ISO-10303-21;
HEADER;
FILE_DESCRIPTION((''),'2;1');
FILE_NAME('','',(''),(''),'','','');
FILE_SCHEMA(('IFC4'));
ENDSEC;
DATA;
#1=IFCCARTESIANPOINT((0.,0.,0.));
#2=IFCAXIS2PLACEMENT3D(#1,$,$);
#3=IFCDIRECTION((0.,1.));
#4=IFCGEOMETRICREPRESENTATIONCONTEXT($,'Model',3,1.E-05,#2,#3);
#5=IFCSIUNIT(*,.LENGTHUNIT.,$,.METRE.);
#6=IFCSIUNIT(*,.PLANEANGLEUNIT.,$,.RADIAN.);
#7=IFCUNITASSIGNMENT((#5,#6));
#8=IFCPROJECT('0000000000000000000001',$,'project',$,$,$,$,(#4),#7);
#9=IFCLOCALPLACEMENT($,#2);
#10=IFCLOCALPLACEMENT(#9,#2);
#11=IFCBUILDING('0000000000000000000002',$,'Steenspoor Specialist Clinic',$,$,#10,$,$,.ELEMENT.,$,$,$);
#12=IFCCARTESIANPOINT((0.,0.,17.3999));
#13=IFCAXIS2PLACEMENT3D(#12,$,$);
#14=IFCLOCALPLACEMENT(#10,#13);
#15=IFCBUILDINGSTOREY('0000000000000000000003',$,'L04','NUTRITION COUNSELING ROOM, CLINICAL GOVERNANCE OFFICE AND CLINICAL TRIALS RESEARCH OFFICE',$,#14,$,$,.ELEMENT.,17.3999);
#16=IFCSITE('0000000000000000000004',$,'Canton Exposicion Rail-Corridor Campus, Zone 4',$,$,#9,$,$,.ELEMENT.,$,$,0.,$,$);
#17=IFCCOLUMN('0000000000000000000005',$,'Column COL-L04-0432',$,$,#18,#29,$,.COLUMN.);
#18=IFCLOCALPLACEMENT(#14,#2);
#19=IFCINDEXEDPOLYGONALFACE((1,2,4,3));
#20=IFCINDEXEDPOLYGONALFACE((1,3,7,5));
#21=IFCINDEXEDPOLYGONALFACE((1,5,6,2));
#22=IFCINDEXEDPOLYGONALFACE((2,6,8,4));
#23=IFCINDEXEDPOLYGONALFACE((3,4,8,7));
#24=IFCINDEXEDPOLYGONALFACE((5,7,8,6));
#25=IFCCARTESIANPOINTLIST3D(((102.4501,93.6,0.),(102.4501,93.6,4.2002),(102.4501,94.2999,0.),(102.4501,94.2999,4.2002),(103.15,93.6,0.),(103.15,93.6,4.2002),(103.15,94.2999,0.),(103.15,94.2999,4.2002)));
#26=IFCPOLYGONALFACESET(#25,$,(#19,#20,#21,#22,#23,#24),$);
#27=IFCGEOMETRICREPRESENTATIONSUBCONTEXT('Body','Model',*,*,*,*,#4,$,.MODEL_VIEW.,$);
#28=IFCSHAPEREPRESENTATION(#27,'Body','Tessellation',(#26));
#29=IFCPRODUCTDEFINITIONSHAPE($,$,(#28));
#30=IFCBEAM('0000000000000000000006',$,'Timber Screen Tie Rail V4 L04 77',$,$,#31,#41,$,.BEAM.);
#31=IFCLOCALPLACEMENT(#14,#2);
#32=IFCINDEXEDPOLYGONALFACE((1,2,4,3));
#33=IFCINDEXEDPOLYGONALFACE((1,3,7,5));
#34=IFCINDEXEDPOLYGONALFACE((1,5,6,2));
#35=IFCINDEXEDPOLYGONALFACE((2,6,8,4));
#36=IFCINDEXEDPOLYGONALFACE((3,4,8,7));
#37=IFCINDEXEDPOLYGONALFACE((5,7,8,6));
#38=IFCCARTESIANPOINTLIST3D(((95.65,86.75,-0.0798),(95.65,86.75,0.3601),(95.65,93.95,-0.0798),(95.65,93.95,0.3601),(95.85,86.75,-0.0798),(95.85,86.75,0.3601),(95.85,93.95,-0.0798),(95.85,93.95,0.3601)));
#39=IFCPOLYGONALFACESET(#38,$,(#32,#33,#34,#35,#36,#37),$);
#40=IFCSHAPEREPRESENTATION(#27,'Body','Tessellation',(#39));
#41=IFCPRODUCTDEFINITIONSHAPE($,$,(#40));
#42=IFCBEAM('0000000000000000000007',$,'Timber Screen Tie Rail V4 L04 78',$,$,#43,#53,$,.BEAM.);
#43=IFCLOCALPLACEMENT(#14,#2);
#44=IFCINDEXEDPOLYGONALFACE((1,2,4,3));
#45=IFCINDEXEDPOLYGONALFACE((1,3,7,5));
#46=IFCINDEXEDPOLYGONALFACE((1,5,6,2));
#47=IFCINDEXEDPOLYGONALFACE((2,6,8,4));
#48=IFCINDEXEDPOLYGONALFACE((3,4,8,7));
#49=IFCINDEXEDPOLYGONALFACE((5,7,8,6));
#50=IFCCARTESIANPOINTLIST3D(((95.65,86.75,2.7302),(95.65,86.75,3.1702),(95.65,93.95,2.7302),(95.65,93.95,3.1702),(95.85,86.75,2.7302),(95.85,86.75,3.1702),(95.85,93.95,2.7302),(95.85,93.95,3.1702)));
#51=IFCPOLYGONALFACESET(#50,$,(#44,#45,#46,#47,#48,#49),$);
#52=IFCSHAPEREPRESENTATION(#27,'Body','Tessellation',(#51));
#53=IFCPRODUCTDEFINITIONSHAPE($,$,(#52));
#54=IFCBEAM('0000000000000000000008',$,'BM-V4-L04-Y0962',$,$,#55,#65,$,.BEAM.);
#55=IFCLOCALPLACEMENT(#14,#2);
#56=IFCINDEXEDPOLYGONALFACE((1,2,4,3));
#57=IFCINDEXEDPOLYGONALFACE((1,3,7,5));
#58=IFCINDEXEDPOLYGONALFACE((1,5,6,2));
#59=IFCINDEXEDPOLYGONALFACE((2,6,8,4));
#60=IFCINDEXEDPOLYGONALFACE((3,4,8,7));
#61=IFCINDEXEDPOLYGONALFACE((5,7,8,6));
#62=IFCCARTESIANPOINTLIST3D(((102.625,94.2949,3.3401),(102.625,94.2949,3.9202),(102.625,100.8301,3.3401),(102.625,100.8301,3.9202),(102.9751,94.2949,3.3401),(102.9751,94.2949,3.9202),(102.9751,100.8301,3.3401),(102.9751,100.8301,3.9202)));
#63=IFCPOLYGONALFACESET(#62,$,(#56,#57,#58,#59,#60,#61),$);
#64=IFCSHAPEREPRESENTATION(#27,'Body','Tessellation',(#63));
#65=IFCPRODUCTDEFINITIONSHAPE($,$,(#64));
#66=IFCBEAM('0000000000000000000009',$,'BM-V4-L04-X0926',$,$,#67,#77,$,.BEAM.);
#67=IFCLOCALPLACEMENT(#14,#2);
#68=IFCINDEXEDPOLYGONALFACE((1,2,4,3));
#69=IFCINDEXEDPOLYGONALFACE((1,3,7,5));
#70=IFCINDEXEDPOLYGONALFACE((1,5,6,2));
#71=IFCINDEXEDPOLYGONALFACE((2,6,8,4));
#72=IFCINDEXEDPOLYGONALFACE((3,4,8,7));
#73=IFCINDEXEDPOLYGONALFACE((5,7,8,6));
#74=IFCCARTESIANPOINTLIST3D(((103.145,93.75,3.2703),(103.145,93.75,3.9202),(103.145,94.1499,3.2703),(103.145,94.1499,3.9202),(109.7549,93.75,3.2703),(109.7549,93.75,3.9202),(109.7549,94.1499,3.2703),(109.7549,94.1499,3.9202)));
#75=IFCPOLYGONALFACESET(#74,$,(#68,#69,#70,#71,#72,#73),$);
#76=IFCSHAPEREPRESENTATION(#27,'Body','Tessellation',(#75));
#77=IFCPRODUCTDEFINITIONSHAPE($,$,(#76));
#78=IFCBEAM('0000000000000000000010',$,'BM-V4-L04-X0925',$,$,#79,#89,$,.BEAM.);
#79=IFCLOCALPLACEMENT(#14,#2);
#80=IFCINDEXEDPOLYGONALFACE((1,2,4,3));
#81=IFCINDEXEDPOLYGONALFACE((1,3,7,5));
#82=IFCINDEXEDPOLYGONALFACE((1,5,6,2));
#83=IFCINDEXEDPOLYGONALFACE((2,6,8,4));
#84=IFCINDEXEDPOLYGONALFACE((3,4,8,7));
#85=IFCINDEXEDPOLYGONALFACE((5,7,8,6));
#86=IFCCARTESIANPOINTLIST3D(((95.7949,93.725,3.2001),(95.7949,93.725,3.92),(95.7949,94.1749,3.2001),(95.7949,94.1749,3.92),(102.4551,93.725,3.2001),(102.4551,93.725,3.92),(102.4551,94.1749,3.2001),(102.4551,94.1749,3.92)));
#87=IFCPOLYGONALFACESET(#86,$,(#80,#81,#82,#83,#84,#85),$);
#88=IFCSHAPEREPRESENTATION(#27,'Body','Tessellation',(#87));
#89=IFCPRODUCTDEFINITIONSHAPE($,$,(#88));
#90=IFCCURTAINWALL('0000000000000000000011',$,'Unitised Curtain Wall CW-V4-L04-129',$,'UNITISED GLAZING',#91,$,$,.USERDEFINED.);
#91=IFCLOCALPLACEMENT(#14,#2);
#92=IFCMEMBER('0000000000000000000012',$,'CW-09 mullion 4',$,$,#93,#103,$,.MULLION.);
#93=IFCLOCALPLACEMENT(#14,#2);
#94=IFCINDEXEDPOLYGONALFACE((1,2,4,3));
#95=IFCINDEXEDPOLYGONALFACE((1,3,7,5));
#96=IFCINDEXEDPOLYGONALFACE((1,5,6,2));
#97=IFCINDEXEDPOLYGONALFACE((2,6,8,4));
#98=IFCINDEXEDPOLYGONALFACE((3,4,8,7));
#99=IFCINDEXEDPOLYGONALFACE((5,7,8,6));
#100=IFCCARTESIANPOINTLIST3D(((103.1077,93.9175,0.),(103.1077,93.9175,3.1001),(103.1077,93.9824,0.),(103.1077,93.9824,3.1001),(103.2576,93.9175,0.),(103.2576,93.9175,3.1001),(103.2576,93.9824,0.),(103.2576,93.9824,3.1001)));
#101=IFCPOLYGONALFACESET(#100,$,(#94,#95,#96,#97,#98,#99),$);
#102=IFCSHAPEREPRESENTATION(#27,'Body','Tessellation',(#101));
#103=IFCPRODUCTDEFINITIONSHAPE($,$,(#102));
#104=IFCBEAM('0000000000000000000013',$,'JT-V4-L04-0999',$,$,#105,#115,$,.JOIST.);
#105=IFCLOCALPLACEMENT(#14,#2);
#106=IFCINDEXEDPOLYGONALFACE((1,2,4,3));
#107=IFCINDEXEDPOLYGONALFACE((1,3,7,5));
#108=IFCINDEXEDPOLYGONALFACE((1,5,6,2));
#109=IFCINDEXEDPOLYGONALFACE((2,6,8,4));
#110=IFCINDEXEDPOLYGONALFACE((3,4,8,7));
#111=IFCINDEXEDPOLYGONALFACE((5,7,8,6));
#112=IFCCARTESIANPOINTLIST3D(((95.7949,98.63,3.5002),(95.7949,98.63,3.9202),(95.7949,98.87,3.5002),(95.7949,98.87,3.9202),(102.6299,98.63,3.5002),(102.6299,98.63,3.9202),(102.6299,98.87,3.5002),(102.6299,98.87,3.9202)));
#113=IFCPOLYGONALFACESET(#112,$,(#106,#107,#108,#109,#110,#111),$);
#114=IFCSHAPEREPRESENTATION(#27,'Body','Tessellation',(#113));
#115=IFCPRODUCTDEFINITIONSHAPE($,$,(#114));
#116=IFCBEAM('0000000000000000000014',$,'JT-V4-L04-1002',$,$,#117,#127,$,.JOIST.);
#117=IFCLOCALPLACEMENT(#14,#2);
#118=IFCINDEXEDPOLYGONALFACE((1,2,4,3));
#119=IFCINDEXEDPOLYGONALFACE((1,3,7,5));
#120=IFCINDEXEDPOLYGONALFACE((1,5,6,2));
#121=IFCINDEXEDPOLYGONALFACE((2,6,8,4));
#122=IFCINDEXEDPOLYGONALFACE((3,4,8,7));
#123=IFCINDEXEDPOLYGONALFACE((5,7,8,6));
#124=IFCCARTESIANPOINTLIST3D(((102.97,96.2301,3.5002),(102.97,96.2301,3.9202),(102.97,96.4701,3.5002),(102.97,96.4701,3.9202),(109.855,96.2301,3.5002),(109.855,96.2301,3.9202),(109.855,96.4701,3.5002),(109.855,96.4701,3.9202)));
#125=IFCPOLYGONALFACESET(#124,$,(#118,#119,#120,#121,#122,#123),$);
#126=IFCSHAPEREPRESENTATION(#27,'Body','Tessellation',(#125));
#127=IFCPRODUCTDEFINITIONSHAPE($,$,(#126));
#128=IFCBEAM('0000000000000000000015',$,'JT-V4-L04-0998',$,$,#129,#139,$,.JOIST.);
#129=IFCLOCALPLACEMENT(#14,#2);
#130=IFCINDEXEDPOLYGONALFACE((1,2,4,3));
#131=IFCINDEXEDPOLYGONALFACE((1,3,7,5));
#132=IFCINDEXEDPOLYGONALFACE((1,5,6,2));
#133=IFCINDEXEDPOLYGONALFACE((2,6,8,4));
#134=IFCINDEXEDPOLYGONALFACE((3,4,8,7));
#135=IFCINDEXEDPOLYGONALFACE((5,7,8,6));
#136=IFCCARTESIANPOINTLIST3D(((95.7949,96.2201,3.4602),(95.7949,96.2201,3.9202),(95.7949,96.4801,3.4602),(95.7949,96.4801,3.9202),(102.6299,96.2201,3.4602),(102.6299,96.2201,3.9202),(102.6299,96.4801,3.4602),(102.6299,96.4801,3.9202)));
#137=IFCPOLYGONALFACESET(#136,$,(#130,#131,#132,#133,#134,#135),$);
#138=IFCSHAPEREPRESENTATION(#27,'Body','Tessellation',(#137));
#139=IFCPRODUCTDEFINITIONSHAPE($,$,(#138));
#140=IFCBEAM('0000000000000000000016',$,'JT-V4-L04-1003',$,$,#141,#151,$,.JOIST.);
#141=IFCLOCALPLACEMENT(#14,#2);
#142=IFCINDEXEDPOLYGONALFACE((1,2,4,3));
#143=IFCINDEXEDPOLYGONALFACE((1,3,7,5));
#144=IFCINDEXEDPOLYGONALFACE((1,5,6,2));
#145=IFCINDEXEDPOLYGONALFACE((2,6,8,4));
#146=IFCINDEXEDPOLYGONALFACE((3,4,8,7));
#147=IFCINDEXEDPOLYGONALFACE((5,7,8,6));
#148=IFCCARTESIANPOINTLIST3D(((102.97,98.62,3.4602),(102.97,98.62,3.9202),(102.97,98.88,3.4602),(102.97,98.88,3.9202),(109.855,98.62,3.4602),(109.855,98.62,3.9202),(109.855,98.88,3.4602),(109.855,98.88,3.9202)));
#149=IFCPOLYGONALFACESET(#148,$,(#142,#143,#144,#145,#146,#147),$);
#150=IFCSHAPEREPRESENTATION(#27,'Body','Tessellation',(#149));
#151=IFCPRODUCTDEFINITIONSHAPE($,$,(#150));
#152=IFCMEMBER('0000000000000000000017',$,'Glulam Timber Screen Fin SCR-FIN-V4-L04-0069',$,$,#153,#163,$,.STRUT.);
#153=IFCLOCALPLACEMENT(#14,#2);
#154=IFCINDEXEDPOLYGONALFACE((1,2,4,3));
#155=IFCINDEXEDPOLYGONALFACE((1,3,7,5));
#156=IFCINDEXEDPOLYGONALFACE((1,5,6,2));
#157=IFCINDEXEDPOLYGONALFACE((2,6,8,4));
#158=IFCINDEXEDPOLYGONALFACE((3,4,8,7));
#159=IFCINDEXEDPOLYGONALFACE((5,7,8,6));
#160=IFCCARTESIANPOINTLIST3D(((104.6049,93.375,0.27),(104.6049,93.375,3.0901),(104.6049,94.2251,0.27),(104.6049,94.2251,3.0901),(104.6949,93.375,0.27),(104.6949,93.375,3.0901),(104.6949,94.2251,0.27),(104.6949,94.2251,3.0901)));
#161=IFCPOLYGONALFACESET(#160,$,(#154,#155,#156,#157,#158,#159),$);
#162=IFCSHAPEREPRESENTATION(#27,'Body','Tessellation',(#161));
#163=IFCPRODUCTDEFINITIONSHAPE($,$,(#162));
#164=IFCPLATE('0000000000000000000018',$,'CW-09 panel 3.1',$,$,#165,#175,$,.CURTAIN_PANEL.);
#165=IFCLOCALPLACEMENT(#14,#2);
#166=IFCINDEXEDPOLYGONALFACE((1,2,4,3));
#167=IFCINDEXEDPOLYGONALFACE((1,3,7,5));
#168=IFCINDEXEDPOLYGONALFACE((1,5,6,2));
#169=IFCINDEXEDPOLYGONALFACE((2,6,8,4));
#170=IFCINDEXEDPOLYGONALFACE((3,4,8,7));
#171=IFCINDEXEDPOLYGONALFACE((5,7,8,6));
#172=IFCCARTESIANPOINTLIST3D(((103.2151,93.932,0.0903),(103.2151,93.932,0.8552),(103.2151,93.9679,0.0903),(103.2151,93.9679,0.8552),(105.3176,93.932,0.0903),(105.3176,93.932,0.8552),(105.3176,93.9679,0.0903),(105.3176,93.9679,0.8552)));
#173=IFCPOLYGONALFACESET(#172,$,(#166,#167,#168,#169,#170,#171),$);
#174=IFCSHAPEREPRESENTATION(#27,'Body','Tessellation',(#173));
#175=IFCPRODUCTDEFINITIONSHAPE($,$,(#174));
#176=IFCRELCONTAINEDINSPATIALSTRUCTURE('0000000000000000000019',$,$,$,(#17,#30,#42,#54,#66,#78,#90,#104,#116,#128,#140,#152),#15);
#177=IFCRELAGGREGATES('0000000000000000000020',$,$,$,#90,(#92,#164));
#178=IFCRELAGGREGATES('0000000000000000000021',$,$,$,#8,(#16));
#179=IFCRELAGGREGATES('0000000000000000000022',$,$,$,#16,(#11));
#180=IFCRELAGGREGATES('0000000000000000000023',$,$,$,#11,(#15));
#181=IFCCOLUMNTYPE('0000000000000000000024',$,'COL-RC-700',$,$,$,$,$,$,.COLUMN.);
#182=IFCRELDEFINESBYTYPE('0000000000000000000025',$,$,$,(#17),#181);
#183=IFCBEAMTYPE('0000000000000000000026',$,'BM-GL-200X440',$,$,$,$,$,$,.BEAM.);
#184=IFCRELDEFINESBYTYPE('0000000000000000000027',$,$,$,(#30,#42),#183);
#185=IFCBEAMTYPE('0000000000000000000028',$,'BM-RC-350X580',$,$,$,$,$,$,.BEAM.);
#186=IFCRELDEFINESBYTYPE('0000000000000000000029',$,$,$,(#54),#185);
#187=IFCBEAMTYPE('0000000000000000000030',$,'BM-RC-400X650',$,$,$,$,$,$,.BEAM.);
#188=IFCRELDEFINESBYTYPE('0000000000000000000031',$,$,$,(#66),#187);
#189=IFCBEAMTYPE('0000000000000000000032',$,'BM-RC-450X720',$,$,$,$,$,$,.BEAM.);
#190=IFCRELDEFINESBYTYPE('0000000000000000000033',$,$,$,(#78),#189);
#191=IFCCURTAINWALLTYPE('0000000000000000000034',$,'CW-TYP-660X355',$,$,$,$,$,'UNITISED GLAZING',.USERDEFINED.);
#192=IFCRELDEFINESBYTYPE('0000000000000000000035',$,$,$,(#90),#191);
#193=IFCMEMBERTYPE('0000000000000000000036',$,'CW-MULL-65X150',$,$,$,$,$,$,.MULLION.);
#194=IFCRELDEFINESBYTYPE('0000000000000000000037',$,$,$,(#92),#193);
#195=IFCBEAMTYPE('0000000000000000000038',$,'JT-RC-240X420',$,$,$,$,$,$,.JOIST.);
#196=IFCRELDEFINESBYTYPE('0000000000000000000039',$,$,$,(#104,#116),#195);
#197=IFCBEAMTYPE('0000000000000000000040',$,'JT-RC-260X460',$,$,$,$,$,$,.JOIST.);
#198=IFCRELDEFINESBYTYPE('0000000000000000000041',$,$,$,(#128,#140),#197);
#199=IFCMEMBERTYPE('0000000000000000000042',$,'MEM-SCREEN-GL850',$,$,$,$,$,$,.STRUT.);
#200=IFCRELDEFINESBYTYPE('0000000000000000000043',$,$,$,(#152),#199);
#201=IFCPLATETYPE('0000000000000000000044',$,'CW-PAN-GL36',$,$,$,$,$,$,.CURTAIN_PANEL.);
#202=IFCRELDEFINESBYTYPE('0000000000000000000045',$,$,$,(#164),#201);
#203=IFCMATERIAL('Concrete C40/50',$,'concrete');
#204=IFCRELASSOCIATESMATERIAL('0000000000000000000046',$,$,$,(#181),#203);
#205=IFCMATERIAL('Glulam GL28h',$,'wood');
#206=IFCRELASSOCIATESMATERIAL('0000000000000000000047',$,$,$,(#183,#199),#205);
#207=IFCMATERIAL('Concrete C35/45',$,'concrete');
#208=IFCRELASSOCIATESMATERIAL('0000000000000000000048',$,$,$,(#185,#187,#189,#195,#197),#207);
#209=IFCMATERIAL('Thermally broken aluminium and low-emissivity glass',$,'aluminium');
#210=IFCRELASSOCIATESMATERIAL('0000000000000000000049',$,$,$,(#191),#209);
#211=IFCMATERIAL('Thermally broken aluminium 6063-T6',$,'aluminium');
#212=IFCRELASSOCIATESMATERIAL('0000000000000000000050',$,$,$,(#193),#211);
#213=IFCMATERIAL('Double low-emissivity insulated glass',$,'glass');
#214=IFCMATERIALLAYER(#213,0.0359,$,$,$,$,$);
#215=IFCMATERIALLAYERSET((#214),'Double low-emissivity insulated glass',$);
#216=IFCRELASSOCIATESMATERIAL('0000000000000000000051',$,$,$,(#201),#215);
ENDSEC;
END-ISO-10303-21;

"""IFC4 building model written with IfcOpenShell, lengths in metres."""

from ifc_helpers import new_model, si_unit, direction, frame, origin, origin_2d, place, context, subcontext, project, spatial, rectangle, extrude, material, layer, layer_set, material_profile, profile_set, type_object, element, aggregate, save


model = new_model("IFC4")

# Units and contexts
model_context = context("Model", 3, precision=1e-05, world=origin(), true_north=direction((0.0, 1.0)))
body_context = subcontext(model_context, "Body", "Model", "MODEL_VIEW")
ifc_project = project(units=[si_unit("LENGTHUNIT", "METRE"), si_unit("PLANEANGLEUNIT", "RADIAN")], contexts=[model_context])

# Site, building, storey
site_placement = place(None, origin())
site = spatial("IfcSite", under=ifc_project, at=site_placement, Name="Canton Exposicion Rail-Corridor Campus, Zone 4", CompositionType="ELEMENT", RefElevation=0.0)
building_placement = place(site_placement, origin())
building = spatial("IfcBuilding", under=site, at=building_placement, Name="Steenspoor Specialist Clinic", CompositionType="ELEMENT")
storey_placement = place(building_placement, frame((0.0, 0.0, 17.3999)))
storey = spatial("IfcBuildingStorey", under=building, at=storey_placement, Name="L04", Description="NUTRITION COUNSELING ROOM, CLINICAL GOVERNANCE OFFICE AND CLINICAL TRIALS RESEARCH OFFICE", CompositionType="ELEMENT", Elevation=17.3999)

# Column
ifc_material_1 = material(Name="Concrete C40/50", Category="concrete")
ifc_material_profile_1 = material_profile(ifc_material_1, rectangle(XDim=0.7, YDim=0.7, at=origin_2d()), Name="RC-COL-700X700")
ifc_profile_set_1 = profile_set([ifc_material_profile_1], Name="Concrete C40/50")
column_type = type_object("IfcColumnType", Name="COL-RC-700", PredefinedType="COLUMN", material=ifc_profile_set_1)
column_placement = place(storey_placement, frame((102.8, 93.95, 0.0), z_axis=(0.0, 0.0, 1.0), x_axis=(1.0, 0.0, 0.0)))
element("IfcColumn", 1, at=column_placement, inside=storey, type_object=column_type, Name="Column COL-L04-0432", PredefinedType="COLUMN", context=body_context, shape_type="SweptSolid", body=[
    extrude(rectangle(XDim=0.7, YDim=0.7, at=origin_2d()), origin(), (0.0, 0.0, 1.0), 4.2002),
])

# Beams
ifc_material_2 = material(Name="Glulam GL28h", Category="wood")
ifc_material_profile_2 = material_profile(ifc_material_2, rectangle(XDim=0.2, YDim=0.4399, at=origin_2d()), Name="GL28H-200X440")
ifc_profile_set_2 = profile_set([ifc_material_profile_2], Name="Glulam GL28h")
beam_type_1 = type_object("IfcBeamType", Name="BM-GL-200X440", PredefinedType="BEAM", material=ifc_profile_set_2)
for number, where, z_axis, x_axis, name in (
    (2, (95.75, 93.95, 0.1401), (0.0, -1.0, 0.0), (1.0, 0.0, 0.0), "Timber Screen Tie Rail V4 L04 77"),
    (3, (95.75, 93.95, 2.9502), (0.0, -1.0, 0.0), (1.0, 0.0, 0.0), "Timber Screen Tie Rail V4 L04 78"),
):
    element("IfcBeam", number, at=place(storey_placement, frame(where, z_axis=z_axis, x_axis=x_axis)), inside=storey, type_object=beam_type_1, Name=name, PredefinedType="BEAM", context=body_context, shape_type="SweptSolid", body=[
        extrude(rectangle(XDim=0.2, YDim=0.4399, at=origin_2d()), origin(), (0.0, 0.0, 1.0), 7.2),
    ])
ifc_material_3 = material(Name="Concrete C35/45", Category="concrete")
ifc_material_profile_3 = material_profile(ifc_material_3, rectangle(XDim=0.3501, YDim=0.5801, at=origin_2d()), Name="RC-BM-350X580")
ifc_profile_set_3 = profile_set([ifc_material_profile_3], Name="Concrete C35/45")
beam_type_2 = type_object("IfcBeamType", Name="BM-RC-350X580", PredefinedType="BEAM", material=ifc_profile_set_3)
beam_1_placement = place(storey_placement, frame((102.8, 94.2949, 3.6301), z_axis=(0.0, 1.0, 0.0), x_axis=(-1.0, 0.0, 0.0)))
element("IfcBeam", 4, at=beam_1_placement, inside=storey, type_object=beam_type_2, Name="BM-V4-L04-Y0962", PredefinedType="BEAM", context=body_context, shape_type="SweptSolid", body=[
    extrude(rectangle(XDim=0.3501, YDim=0.5801, at=origin_2d()), origin(), (0.0, 0.0, 1.0), 6.5352),
])
ifc_material_profile_4 = material_profile(ifc_material_3, rectangle(XDim=0.3999, YDim=0.6499, at=origin_2d()), Name="RC-BM-400X650")
ifc_profile_set_4 = profile_set([ifc_material_profile_4], Name="Concrete C35/45")
beam_type_3 = type_object("IfcBeamType", Name="BM-RC-400X650", PredefinedType="BEAM", material=ifc_profile_set_4)
beam_2_placement = place(storey_placement, frame((103.145, 93.95, 3.5952), z_axis=(1.0, 0.0, 0.0), x_axis=(0.0, 1.0, 0.0)))
element("IfcBeam", 5, at=beam_2_placement, inside=storey, type_object=beam_type_3, Name="BM-V4-L04-X0926", PredefinedType="BEAM", context=body_context, shape_type="SweptSolid", body=[
    extrude(rectangle(XDim=0.3999, YDim=0.6499, at=origin_2d()), origin(), (0.0, 0.0, 1.0), 6.6099),
])
ifc_material_profile_5 = material_profile(ifc_material_3, rectangle(XDim=0.45, YDim=0.72, at=origin_2d()), Name="RC-BM-450X720")
ifc_profile_set_5 = profile_set([ifc_material_profile_5], Name="Concrete C35/45")
beam_type_4 = type_object("IfcBeamType", Name="BM-RC-450X720", PredefinedType="BEAM", material=ifc_profile_set_5)
beam_3_placement = place(storey_placement, frame((95.7949, 93.95, 3.5601), z_axis=(1.0, 0.0, 0.0), x_axis=(0.0, 1.0, 0.0)))
element("IfcBeam", 6, at=beam_3_placement, inside=storey, type_object=beam_type_4, Name="BM-V4-L04-X0925", PredefinedType="BEAM", context=body_context, shape_type="SweptSolid", body=[
    extrude(rectangle(XDim=0.45, YDim=0.72, at=origin_2d()), origin(), (0.0, 0.0, 1.0), 6.6602),
])

# Curtain wall, member
ifc_material_4 = material(Name="Thermally broken aluminium and low-emissivity glass", Category="aluminium")
curtain_wall_type = type_object("IfcCurtainWallType", Name="CW-TYP-660X355", ElementType="UNITISED GLAZING", PredefinedType="USERDEFINED", material=ifc_material_4)
curtain_wall_placement = place(storey_placement, origin())
curtain_wall = element("IfcCurtainWall", 7, at=curtain_wall_placement, inside=storey, type_object=curtain_wall_type, Name="Unitised Curtain Wall CW-V4-L04-129", ObjectType="UNITISED GLAZING", PredefinedType="USERDEFINED")
ifc_material_5 = material(Name="Thermally broken aluminium 6063-T6", Category="aluminium")
ifc_material_profile_6 = material_profile(ifc_material_5, rectangle(XDim=0.0649, YDim=0.1499, at=origin_2d()), Name="CWM-65X150")
ifc_profile_set_6 = profile_set([ifc_material_profile_6], Name="Thermally broken aluminium 6063-T6")
member_type_1 = type_object("IfcMemberType", Name="CW-MULL-65X150", PredefinedType="MULLION", material=ifc_profile_set_6)
member_1_placement = place(storey_placement, frame((103.1826, 93.95, 0.0), z_axis=(0.0, 0.0, 1.0), x_axis=(0.0, -1.0, 0.0)))
member_1 = element("IfcMember", 8, at=member_1_placement, type_object=member_type_1, Name="CW-09 mullion 4", PredefinedType="MULLION", context=body_context, shape_type="SweptSolid", body=[
    extrude(rectangle(XDim=0.0649, YDim=0.1499, at=origin_2d()), origin(), (0.0, 0.0, 1.0), 3.1001),
])

# Beams
ifc_material_profile_7 = material_profile(ifc_material_3, rectangle(XDim=0.24, YDim=0.4199, at=origin_2d()), Name="RC-JT-240X420")
ifc_profile_set_7 = profile_set([ifc_material_profile_7], Name="Concrete C35/45")
beam_type_5 = type_object("IfcBeamType", Name="JT-RC-240X420", PredefinedType="JOIST", material=ifc_profile_set_7)
beam_4_placement = place(storey_placement, frame((95.7949, 98.75, 3.7102), z_axis=(1.0, 0.0, 0.0), x_axis=(0.0, 1.0, 0.0)))
element("IfcBeam", 9, at=beam_4_placement, inside=storey, type_object=beam_type_5, Name="JT-V4-L04-0999", PredefinedType="JOIST", context=body_context, shape_type="SweptSolid", body=[
    extrude(rectangle(XDim=0.24, YDim=0.4199, at=origin_2d()), origin(), (0.0, 0.0, 1.0), 6.835),
])
beam_5_placement = place(storey_placement, frame((102.97, 96.3501, 3.7102), z_axis=(1.0, 0.0, 0.0), x_axis=(0.0, 1.0, 0.0)))
element("IfcBeam", 10, at=beam_5_placement, inside=storey, type_object=beam_type_5, Name="JT-V4-L04-1002", PredefinedType="JOIST", context=body_context, shape_type="SweptSolid", body=[
    extrude(rectangle(XDim=0.24, YDim=0.4199, at=origin_2d()), origin(), (0.0, 0.0, 1.0), 6.885),
])
ifc_material_profile_8 = material_profile(ifc_material_3, rectangle(XDim=0.26, YDim=0.46, at=origin_2d()), Name="RC-JT-260X460")
ifc_profile_set_8 = profile_set([ifc_material_profile_8], Name="Concrete C35/45")
beam_type_6 = type_object("IfcBeamType", Name="JT-RC-260X460", PredefinedType="JOIST", material=ifc_profile_set_8)
beam_6_placement = place(storey_placement, frame((95.7949, 96.3501, 3.6902), z_axis=(1.0, 0.0, 0.0), x_axis=(0.0, 1.0, 0.0)))
element("IfcBeam", 11, at=beam_6_placement, inside=storey, type_object=beam_type_6, Name="JT-V4-L04-0998", PredefinedType="JOIST", context=body_context, shape_type="SweptSolid", body=[
    extrude(rectangle(XDim=0.26, YDim=0.46, at=origin_2d()), origin(), (0.0, 0.0, 1.0), 6.835),
])
beam_7_placement = place(storey_placement, frame((102.97, 98.75, 3.6902), z_axis=(1.0, 0.0, 0.0), x_axis=(0.0, 1.0, 0.0)))
element("IfcBeam", 12, at=beam_7_placement, inside=storey, type_object=beam_type_6, Name="JT-V4-L04-1003", PredefinedType="JOIST", context=body_context, shape_type="SweptSolid", body=[
    extrude(rectangle(XDim=0.26, YDim=0.46, at=origin_2d()), origin(), (0.0, 0.0, 1.0), 6.885),
])

# Member
ifc_material_profile_9 = material_profile(ifc_material_2, rectangle(XDim=0.0901, YDim=0.8501, at=origin_2d()), Name="GL28H-90X850")
ifc_profile_set_9 = profile_set([ifc_material_profile_9], Name="Glulam GL28h")
member_type_2 = type_object("IfcMemberType", Name="MEM-SCREEN-GL850", PredefinedType="STRUT", material=ifc_profile_set_9)
member_2_placement = place(storey_placement, frame((104.6499, 93.8, 0.27), z_axis=(0.0, 0.0, 1.0), x_axis=(-1.0, 0.0, 0.0)))
element("IfcMember", 13, at=member_2_placement, inside=storey, type_object=member_type_2, Name="Glulam Timber Screen Fin SCR-FIN-V4-L04-0069", PredefinedType="STRUT", context=body_context, shape_type="SweptSolid", body=[
    extrude(rectangle(XDim=0.0901, YDim=0.8501, at=origin_2d()), origin(), (0.0, 0.0, 1.0), 2.8201),
])

# Plate
ifc_material_6 = material(Name="Double low-emissivity insulated glass", Category="glass")
ifc_layer_1 = layer(ifc_material_6, 0.0359)
ifc_layer_set_1 = layer_set([ifc_layer_1], Name="Double low-emissivity insulated glass")
plate_type = type_object("IfcPlateType", Name="CW-PAN-GL36", PredefinedType="CURTAIN_PANEL", material=ifc_layer_set_1)
plate_1_placement = place(storey_placement, frame((104.2664, 93.95, 0.0903), z_axis=(0.0, 0.0, 1.0), x_axis=(-1.0, 0.0, 0.0)))
plate_1 = element("IfcPlate", 14, at=plate_1_placement, type_object=plate_type, Name="CW-09 panel 3.1", PredefinedType="CURTAIN_PANEL", context=body_context, shape_type="SweptSolid", body=[
    extrude(rectangle(XDim=2.1025, YDim=0.0359, at=origin_2d()), origin(), (0.0, 0.0, 1.0), 0.7649),
])
aggregate(curtain_wall, [member_1, plate_1])

save(model, "model.ifc")
